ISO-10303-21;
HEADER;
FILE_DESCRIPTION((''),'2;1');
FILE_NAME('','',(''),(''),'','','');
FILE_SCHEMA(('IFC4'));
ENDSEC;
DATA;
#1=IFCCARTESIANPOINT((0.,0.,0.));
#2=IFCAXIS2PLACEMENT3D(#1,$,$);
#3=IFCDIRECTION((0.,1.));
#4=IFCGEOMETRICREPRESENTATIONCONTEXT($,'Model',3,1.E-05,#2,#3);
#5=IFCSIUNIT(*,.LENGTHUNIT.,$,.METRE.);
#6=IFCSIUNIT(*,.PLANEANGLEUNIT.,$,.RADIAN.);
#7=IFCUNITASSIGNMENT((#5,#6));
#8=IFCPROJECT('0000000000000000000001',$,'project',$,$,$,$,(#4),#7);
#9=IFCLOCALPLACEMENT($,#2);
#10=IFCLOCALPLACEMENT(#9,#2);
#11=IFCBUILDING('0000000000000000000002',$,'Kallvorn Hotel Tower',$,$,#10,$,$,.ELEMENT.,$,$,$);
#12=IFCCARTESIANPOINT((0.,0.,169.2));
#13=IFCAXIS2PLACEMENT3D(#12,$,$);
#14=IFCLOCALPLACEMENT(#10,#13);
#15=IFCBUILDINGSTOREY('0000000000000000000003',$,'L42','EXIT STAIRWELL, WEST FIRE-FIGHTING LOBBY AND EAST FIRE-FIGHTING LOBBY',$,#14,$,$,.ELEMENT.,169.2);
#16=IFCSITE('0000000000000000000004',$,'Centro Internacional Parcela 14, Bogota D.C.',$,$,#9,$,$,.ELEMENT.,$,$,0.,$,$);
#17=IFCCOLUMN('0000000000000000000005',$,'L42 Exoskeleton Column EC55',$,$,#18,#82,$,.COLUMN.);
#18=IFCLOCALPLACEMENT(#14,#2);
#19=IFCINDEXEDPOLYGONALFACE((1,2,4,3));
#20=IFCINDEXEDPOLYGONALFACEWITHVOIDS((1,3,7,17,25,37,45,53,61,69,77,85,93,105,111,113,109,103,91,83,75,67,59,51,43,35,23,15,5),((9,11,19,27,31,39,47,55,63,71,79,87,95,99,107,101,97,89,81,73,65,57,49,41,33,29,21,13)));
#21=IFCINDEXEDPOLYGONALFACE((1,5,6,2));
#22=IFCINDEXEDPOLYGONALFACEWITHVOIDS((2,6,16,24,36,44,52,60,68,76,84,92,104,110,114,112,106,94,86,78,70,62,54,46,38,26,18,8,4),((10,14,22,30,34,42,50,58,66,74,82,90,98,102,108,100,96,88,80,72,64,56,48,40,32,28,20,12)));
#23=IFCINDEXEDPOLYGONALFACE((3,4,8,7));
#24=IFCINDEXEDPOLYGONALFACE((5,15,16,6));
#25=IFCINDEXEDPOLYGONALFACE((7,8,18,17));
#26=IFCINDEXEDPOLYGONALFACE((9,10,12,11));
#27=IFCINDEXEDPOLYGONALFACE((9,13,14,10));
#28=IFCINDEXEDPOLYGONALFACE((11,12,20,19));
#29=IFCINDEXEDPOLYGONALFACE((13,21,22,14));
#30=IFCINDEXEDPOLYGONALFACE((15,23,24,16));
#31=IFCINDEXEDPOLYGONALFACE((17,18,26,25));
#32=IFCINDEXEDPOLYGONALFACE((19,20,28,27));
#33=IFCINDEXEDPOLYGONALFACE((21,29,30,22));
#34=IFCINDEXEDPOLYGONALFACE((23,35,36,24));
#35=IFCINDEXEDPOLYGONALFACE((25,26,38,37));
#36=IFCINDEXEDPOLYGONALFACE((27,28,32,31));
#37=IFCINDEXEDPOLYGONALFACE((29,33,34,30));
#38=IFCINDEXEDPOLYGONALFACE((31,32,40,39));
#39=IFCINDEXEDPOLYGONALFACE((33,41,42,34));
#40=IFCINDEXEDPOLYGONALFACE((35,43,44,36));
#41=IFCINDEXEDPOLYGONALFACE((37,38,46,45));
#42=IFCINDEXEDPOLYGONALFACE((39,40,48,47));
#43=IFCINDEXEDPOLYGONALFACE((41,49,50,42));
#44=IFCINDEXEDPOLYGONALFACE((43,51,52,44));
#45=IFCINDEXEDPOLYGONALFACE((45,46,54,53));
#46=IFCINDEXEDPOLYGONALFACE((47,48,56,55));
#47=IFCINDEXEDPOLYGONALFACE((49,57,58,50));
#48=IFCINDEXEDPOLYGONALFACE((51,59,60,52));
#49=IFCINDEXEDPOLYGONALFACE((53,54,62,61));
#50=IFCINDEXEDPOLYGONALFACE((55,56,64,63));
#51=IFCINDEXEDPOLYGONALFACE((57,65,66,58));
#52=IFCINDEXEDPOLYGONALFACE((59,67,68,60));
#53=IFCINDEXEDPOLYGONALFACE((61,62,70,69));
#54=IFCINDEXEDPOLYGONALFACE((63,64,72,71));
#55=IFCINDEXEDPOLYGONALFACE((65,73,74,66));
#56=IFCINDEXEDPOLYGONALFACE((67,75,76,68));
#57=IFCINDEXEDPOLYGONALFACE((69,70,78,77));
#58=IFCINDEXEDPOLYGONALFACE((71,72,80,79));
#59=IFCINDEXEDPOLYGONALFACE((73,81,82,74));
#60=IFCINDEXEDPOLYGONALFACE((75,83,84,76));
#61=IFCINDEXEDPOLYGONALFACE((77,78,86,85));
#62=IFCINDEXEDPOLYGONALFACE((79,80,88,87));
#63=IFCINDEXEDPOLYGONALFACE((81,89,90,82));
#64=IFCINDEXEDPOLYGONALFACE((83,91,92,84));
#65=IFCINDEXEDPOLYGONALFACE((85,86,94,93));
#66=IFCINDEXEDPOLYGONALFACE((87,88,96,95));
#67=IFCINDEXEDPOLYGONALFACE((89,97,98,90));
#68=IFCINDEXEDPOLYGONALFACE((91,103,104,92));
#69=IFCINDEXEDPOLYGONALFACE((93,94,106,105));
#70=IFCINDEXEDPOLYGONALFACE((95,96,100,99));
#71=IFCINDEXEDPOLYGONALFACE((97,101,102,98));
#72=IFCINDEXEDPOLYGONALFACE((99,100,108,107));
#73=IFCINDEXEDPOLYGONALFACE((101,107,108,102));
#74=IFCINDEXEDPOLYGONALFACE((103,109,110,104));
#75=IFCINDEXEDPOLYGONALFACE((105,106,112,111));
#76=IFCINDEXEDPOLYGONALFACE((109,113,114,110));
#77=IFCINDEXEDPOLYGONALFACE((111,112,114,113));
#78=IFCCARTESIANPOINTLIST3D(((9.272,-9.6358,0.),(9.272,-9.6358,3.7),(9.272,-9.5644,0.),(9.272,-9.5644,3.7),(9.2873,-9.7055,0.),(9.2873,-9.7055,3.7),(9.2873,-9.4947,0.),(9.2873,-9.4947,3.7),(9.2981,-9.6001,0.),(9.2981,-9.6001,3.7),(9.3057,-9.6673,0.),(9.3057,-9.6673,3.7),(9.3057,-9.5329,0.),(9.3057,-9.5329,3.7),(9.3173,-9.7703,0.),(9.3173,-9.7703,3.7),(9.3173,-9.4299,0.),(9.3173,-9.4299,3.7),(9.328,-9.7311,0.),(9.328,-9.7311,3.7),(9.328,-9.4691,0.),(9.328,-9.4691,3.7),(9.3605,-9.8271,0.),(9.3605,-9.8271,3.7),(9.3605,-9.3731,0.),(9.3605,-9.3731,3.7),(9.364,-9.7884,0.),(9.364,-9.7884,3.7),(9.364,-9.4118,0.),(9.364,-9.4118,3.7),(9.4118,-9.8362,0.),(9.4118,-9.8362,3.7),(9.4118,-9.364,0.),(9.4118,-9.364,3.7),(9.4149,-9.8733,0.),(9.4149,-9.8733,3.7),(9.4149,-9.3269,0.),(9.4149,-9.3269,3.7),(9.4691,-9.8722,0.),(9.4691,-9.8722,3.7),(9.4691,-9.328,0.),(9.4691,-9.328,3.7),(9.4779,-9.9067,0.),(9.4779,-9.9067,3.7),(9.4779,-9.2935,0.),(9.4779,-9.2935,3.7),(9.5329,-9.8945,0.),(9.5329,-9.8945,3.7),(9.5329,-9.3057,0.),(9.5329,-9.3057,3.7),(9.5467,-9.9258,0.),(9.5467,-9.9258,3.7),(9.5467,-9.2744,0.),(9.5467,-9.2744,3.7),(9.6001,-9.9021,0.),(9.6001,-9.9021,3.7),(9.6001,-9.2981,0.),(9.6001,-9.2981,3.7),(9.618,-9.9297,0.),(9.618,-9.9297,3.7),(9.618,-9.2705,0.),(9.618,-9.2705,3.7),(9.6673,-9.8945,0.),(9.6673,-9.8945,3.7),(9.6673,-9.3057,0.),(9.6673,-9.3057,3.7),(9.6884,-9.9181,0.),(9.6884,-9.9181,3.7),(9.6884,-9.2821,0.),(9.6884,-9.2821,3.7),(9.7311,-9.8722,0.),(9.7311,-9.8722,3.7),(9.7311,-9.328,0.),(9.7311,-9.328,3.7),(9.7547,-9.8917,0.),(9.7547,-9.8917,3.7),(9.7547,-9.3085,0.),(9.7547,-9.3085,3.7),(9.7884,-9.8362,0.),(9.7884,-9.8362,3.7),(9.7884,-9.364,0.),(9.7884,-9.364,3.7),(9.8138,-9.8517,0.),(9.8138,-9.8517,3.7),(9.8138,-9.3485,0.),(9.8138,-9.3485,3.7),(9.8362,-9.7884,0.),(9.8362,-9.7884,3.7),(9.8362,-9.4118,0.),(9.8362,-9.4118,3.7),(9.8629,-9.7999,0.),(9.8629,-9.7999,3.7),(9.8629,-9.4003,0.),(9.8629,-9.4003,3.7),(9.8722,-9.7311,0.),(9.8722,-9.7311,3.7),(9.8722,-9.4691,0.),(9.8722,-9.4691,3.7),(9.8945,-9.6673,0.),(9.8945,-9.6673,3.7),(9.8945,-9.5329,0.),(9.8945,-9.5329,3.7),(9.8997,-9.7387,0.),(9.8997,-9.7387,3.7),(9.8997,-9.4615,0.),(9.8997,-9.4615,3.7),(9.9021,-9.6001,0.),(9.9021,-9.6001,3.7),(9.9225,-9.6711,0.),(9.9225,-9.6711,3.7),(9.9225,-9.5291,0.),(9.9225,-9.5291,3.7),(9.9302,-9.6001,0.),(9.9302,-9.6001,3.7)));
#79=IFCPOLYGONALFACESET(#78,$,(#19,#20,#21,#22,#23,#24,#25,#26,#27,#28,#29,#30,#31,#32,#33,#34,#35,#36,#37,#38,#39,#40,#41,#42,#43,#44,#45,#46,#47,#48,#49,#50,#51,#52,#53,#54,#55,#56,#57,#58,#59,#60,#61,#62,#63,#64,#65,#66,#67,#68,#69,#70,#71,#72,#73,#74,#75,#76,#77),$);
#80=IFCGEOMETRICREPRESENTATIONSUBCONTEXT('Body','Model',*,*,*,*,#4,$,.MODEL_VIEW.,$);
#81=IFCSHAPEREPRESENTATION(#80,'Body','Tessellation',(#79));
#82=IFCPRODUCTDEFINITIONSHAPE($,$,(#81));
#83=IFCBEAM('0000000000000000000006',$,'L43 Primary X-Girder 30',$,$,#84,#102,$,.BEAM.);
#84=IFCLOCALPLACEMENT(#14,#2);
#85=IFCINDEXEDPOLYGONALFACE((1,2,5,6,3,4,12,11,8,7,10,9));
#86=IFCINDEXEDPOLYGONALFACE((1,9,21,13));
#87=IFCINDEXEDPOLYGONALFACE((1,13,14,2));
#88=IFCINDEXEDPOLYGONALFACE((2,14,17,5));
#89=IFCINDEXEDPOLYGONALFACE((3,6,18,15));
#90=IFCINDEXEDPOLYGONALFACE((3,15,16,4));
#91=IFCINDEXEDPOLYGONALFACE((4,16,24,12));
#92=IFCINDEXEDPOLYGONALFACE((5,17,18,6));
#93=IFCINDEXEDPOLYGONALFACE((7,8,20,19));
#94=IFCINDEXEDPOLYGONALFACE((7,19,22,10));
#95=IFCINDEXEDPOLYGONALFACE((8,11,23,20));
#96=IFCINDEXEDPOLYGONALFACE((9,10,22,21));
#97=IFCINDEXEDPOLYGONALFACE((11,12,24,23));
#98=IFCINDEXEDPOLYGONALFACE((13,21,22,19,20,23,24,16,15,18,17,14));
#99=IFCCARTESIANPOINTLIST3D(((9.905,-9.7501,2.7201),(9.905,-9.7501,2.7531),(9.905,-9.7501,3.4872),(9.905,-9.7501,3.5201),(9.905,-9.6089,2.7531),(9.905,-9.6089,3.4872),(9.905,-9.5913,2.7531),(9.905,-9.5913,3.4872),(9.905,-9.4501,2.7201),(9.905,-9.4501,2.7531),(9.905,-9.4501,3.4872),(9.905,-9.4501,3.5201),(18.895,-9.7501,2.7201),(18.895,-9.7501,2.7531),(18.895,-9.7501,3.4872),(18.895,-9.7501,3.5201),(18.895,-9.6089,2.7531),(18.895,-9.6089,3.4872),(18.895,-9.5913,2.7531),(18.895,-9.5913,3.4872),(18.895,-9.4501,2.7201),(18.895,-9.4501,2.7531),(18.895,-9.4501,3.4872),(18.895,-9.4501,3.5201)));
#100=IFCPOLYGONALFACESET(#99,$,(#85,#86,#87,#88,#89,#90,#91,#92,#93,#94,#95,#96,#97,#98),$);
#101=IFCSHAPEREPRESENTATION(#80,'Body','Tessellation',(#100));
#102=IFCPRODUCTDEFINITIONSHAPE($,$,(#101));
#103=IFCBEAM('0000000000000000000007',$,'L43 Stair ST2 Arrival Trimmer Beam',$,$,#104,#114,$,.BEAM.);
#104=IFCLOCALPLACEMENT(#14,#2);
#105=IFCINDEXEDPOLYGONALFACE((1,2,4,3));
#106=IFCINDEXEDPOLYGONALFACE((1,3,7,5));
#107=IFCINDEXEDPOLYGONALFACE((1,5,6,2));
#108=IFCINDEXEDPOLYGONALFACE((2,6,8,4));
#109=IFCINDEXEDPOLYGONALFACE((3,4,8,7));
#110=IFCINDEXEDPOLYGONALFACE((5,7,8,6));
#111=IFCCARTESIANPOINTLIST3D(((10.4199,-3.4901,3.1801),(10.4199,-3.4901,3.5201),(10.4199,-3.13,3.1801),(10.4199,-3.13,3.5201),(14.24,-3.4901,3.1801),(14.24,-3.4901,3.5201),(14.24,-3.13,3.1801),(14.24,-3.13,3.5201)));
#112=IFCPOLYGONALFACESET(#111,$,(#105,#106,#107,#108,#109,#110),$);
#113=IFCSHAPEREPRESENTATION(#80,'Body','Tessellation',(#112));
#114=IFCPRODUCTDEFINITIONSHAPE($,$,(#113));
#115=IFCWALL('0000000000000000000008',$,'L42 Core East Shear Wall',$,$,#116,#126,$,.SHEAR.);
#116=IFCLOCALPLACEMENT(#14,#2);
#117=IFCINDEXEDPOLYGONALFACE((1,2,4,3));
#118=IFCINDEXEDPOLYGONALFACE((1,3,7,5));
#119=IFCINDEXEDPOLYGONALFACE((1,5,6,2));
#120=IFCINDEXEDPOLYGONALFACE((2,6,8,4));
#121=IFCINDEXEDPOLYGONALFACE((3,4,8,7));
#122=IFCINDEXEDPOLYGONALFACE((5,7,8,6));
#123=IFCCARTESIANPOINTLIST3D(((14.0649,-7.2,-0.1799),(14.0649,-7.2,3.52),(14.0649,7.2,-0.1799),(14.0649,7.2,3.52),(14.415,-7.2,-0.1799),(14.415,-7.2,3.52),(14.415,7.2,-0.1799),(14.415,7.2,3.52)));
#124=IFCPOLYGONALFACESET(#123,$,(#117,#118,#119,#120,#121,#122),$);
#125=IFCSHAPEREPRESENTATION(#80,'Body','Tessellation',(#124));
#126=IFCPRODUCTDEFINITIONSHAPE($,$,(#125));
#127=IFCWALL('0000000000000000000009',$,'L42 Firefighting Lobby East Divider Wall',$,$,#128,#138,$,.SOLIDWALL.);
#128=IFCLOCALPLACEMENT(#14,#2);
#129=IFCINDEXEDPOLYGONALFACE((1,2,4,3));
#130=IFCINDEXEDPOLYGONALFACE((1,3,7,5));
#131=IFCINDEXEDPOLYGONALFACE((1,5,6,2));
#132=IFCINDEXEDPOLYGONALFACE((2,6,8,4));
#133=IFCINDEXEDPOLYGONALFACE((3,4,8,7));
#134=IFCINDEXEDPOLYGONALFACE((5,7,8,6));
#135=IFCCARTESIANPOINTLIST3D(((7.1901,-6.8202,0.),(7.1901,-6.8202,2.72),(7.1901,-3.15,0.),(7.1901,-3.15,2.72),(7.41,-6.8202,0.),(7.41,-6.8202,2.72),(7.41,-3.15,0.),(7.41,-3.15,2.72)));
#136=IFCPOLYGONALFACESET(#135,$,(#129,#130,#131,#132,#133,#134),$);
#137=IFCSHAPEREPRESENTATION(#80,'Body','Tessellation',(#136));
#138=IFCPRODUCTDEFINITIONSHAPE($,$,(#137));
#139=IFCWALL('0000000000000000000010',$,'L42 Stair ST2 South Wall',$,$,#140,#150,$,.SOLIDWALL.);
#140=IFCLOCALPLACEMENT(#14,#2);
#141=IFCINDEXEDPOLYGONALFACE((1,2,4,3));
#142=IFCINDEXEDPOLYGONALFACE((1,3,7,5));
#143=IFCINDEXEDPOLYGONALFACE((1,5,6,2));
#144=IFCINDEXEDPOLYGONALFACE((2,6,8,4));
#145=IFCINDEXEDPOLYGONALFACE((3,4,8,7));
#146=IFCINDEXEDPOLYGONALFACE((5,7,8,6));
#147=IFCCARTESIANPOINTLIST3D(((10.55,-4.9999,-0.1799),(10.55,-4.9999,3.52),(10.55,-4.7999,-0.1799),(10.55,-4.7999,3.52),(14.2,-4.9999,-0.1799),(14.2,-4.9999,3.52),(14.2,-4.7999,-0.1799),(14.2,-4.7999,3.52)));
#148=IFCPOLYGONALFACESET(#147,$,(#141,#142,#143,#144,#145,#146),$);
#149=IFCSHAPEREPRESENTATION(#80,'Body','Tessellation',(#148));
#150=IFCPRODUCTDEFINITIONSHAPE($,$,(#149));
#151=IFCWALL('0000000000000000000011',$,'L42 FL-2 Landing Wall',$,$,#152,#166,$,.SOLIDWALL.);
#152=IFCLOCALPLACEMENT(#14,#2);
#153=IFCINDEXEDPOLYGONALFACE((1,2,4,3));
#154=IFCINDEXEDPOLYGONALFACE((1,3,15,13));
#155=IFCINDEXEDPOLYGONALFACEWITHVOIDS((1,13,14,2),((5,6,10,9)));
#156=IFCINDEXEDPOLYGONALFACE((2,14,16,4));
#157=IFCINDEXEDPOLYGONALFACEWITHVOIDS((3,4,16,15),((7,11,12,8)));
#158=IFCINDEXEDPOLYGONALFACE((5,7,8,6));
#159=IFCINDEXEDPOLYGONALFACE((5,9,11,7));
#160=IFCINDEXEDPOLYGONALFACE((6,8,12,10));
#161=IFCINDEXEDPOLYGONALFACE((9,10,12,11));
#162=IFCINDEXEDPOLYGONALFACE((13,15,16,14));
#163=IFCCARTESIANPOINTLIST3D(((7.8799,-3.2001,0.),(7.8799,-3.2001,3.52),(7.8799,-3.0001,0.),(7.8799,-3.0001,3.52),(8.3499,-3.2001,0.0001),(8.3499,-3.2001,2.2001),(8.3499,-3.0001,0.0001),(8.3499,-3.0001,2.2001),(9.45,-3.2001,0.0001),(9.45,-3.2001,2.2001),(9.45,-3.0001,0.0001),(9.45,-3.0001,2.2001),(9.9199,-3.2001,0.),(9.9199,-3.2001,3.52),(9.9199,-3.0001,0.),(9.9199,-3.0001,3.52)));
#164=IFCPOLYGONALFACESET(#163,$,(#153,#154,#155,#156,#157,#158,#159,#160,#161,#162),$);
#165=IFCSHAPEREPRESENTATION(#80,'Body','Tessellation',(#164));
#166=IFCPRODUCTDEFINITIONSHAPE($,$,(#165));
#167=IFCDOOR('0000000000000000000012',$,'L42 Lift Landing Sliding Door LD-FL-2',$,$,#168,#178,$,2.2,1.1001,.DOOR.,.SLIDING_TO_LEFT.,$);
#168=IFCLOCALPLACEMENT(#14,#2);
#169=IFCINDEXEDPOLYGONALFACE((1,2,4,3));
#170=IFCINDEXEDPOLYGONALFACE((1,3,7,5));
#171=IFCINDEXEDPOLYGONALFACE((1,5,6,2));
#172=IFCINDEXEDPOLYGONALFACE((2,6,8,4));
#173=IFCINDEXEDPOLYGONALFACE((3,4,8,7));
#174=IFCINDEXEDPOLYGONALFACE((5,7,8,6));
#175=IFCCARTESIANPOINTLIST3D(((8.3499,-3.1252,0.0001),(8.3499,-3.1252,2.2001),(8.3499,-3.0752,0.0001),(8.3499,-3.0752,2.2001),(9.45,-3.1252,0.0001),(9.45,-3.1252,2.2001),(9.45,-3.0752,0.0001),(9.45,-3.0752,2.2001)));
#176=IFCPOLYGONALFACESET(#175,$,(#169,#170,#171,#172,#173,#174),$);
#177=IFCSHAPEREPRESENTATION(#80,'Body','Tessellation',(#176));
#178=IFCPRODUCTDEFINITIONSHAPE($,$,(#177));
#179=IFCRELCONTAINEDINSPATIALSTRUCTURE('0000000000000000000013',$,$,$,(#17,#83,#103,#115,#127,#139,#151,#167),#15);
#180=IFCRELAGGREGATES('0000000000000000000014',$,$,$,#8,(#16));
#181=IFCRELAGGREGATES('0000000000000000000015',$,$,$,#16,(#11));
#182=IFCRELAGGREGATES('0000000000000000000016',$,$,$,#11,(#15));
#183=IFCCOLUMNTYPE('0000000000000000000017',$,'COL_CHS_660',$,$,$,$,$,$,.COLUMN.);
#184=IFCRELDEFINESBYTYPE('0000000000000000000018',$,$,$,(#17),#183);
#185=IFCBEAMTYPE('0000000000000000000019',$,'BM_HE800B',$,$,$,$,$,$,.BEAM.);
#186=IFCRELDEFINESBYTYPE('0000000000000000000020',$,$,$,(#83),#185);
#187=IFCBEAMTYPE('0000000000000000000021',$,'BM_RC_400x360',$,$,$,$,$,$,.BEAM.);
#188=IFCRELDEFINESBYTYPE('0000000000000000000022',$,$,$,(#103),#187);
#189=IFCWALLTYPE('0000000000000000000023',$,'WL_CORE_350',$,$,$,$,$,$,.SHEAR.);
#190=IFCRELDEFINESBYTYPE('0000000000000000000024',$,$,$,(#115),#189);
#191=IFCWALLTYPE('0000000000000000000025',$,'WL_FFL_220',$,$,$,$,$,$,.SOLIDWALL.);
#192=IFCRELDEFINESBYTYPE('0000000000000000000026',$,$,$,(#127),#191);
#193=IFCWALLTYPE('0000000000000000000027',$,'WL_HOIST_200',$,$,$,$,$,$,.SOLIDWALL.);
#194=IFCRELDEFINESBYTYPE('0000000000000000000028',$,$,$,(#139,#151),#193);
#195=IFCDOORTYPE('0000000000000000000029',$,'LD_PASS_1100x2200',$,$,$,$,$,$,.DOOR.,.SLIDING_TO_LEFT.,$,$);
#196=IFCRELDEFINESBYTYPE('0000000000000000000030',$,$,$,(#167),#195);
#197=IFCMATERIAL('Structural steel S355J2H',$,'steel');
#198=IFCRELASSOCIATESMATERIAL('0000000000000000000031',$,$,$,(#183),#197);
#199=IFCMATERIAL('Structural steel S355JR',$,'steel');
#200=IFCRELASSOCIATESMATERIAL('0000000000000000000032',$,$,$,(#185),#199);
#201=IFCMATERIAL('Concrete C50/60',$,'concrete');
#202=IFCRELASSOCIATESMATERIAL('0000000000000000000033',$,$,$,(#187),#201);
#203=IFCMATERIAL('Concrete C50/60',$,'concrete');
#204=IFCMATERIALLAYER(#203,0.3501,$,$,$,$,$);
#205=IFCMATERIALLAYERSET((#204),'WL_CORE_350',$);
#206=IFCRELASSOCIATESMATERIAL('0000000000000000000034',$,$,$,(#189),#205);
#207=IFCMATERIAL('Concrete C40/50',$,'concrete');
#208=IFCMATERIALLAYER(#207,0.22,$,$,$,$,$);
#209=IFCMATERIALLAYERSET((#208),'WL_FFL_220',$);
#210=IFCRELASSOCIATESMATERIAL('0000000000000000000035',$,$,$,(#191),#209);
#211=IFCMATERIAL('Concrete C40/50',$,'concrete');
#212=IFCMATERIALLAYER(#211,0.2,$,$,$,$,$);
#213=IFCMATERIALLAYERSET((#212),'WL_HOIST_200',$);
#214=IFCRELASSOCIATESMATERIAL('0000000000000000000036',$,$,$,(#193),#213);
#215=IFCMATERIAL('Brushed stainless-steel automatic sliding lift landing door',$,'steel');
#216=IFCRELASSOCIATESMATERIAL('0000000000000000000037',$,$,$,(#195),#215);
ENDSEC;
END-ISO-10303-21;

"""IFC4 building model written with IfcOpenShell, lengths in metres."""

from ifc_helpers import new_model, si_unit, direction, frame, frame_2d, origin, origin_2d, place, context, subcontext, project, spatial, rectangle, hollow_circle, i_section, extrude, material, layer, layer_set, material_profile, profile_set, type_object, element, fill, save


model = new_model("IFC4")

# Units and contexts
model_context = context("Model", 3, precision=1e-05, world=origin(), true_north=direction((0.0, 1.0)))
body_context = subcontext(model_context, "Body", "Model", "MODEL_VIEW")
ifc_project = project(units=[si_unit("LENGTHUNIT", "METRE"), si_unit("PLANEANGLEUNIT", "RADIAN")], contexts=[model_context])

# Site, building, storey
site_placement = place(None, origin())
site = spatial("IfcSite", under=ifc_project, at=site_placement, Name="Centro Internacional Parcela 14, Bogota D.C.", CompositionType="ELEMENT", RefElevation=0.0)
building_placement = place(site_placement, origin())
building = spatial("IfcBuilding", under=site, at=building_placement, Name="Kallvorn Hotel Tower", CompositionType="ELEMENT")
storey_placement = place(building_placement, frame((0.0, 0.0, 169.2)))
storey = spatial("IfcBuildingStorey", under=building, at=storey_placement, Name="L42", Description="EXIT STAIRWELL, WEST FIRE-FIGHTING LOBBY AND EAST FIRE-FIGHTING LOBBY", CompositionType="ELEMENT", Elevation=169.2)

# Column
ifc_material_1 = material(Name="Structural steel S355J2H", Category="steel")
ifc_material_profile_1 = material_profile(ifc_material_1, hollow_circle(Radius=0.3301, WallThickness=0.0281, at=origin_2d()), Name="CHS 660x28")
ifc_profile_set_1 = profile_set([ifc_material_profile_1], Name="Structural steel S355J2H")
column_type = type_object("IfcColumnType", Name="COL_CHS_660", PredefinedType="COLUMN", material=ifc_profile_set_1)
column_placement = place(storey_placement, frame((9.6001, -9.6001, 0.0), z_axis=(0.0, 0.0, 1.0), x_axis=(1.0, 0.0, 0.0)))
element("IfcColumn", 1, at=column_placement, inside=storey, type_object=column_type, Name="L42 Exoskeleton Column EC55", PredefinedType="COLUMN", context=body_context, shape_type="SweptSolid", body=[
    extrude(hollow_circle(Radius=0.3301, WallThickness=0.0281, at=origin_2d()), origin(), (0.0, 0.0, 1.0), 3.7),
])

# Beams
ifc_material_2 = material(Name="Structural steel S355JR", Category="steel")
ifc_material_profile_2 = material_profile(ifc_material_2, i_section(OverallWidth=0.3, OverallDepth=0.8, WebThickness=0.0176, FlangeThickness=0.033, at=origin_2d()), Name="HE 800 B")
ifc_profile_set_2 = profile_set([ifc_material_profile_2], Name="Structural steel S355JR")
beam_type_1 = type_object("IfcBeamType", Name="BM_HE800B", PredefinedType="BEAM", material=ifc_profile_set_2)
beam_1_placement = place(storey_placement, frame((9.905, -9.6001, 3.1201), z_axis=(1.0, 0.0, 0.0), x_axis=(0.0, 1.0, 0.0)))
element("IfcBeam", 2, at=beam_1_placement, inside=storey, type_object=beam_type_1, Name="L43 Primary X-Girder 30", PredefinedType="BEAM", context=body_context, shape_type="SweptSolid", body=[
    extrude(i_section(OverallWidth=0.3, OverallDepth=0.8, WebThickness=0.0176, FlangeThickness=0.033, at=origin_2d()), origin(), (0.0, 0.0, 1.0), 8.99),
])
ifc_material_3 = material(Name="Concrete C50/60", Category="concrete")
ifc_material_profile_3 = material_profile(ifc_material_3, rectangle(XDim=0.3601, YDim=0.3401, at=origin_2d()), Name="RC 360x340")
ifc_profile_set_3 = profile_set([ifc_material_profile_3], Name="Concrete C50/60")
beam_type_2 = type_object("IfcBeamType", Name="BM_RC_400x360", PredefinedType="BEAM", material=ifc_profile_set_3)
beam_2_placement = place(storey_placement, frame((14.24, -3.3101, 3.3501), z_axis=(-1.0, 0.0, 0.0), x_axis=(0.0, -1.0, 0.0)))
element("IfcBeam", 3, at=beam_2_placement, inside=storey, type_object=beam_type_2, Name="L43 Stair ST2 Arrival Trimmer Beam", PredefinedType="BEAM", context=body_context, shape_type="SweptSolid", body=[
    extrude(rectangle(XDim=0.3601, YDim=0.3401, at=origin_2d()), origin(), (0.0, 0.0, 1.0), 3.8201),
])

# Walls
ifc_material_4 = material(Name="Concrete C50/60", Category="concrete")
ifc_layer_1 = layer(ifc_material_4, 0.3501)
ifc_layer_set_1 = layer_set([ifc_layer_1], Name="WL_CORE_350")
wall_type_1 = type_object("IfcWallType", Name="WL_CORE_350", PredefinedType="SHEAR", material=ifc_layer_set_1)
wall_1_placement = place(storey_placement, frame((14.24, -7.2, -0.1799), z_axis=(0.0, 0.0, 1.0), x_axis=(0.0, 1.0, 0.0)))
element("IfcWall", 4, at=wall_1_placement, inside=storey, type_object=wall_type_1, Name="L42 Core East Shear Wall", PredefinedType="SHEAR", context=body_context, shape_type="SweptSolid", body=[
    extrude(rectangle(XDim=14.3999, YDim=0.3501, at=frame_2d((7.2, 0.0))), origin(), (0.0, 0.0, 1.0), 3.7),
])
ifc_material_5 = material(Name="Concrete C40/50", Category="concrete")
ifc_layer_2 = layer(ifc_material_5, 0.22)
ifc_layer_set_2 = layer_set([ifc_layer_2], Name="WL_FFL_220")
wall_type_2 = type_object("IfcWallType", Name="WL_FFL_220", PredefinedType="SOLIDWALL", material=ifc_layer_set_2)
wall_2_placement = place(storey_placement, frame((7.3, -6.8201, 0.0), z_axis=(0.0, 0.0, 1.0), x_axis=(0.0, 1.0, 0.0)))
element("IfcWall", 5, at=wall_2_placement, inside=storey, type_object=wall_type_2, Name="L42 Firefighting Lobby East Divider Wall", PredefinedType="SOLIDWALL", context=body_context, shape_type="SweptSolid", body=[
    extrude(rectangle(XDim=3.6702, YDim=0.22, at=frame_2d((1.835, 0.0))), origin(), (0.0, 0.0, 1.0), 2.72),
])
ifc_material_6 = material(Name="Concrete C40/50", Category="concrete")
ifc_layer_3 = layer(ifc_material_6, 0.2)
ifc_layer_set_3 = layer_set([ifc_layer_3], Name="WL_HOIST_200")
wall_type_3 = type_object("IfcWallType", Name="WL_HOIST_200", PredefinedType="SOLIDWALL", material=ifc_layer_set_3)
wall_3_placement = place(storey_placement, frame((10.55, -4.8999, -0.1799), z_axis=(0.0, 0.0, 1.0), x_axis=(1.0, 0.0, 0.0)))
element("IfcWall", 6, at=wall_3_placement, inside=storey, type_object=wall_type_3, Name="L42 Stair ST2 South Wall", PredefinedType="SOLIDWALL", context=body_context, shape_type="SweptSolid", body=[
    extrude(rectangle(XDim=3.6499, YDim=0.2, at=frame_2d((1.825, 0.0))), origin(), (0.0, 0.0, 1.0), 3.7),
])

# Wall, opening, door
wall_4_placement = place(storey_placement, frame((7.8799, -3.1001, 0.0), z_axis=(0.0, 0.0, 1.0), x_axis=(1.0, 0.0, 0.0)))
wall_4 = element("IfcWall", 7, at=wall_4_placement, inside=storey, type_object=wall_type_3, Name="L42 FL-2 Landing Wall", PredefinedType="SOLIDWALL", context=body_context, shape_type="SweptSolid", body=[
    extrude(rectangle(XDim=2.04, YDim=0.2, at=frame_2d((1.02, 0.0))), origin(), (0.0, 0.0, 1.0), 3.52),
])
opening_1_placement = place(wall_4_placement, frame((0.47, 0.0, 0.0)))
opening_1 = element("IfcOpeningElement", 8, at=opening_1_placement, cuts=wall_4, PredefinedType="OPENING", context=body_context, shape_type="SweptSolid", body=[
    extrude(rectangle(XDim=1.1001, YDim=2.2, at=frame_2d((0.55, 1.1001))), frame((0.0, 0.115, 0.0), z_axis=(0.0, -1.0, 0.0), x_axis=(1.0, 0.0, 0.0)), (0.0, 0.0, 1.0), 0.23),
])
ifc_material_7 = material(Name="Brushed stainless-steel automatic sliding lift landing door", Category="steel")
door_type_1 = type_object("IfcDoorType", Name="LD_PASS_1100x2200", OperationType="SLIDING_TO_LEFT", PredefinedType="DOOR", material=ifc_material_7)
door_1_placement = place(opening_1_placement, origin())
door_1 = element("IfcDoor", 9, at=door_1_placement, inside=storey, type_object=door_type_1, Name="L42 Lift Landing Sliding Door LD-FL-2", OperationType="SLIDING_TO_LEFT", OverallHeight=2.2, OverallWidth=1.1001, PredefinedType="DOOR", context=body_context, shape_type="SweptSolid", body=[
    extrude(rectangle(XDim=1.1001, YDim=2.2, at=frame_2d((0.55, 1.1001))), frame((0.0, 0.0249, 0.0), z_axis=(0.0, -1.0, 0.0), x_axis=(1.0, 0.0, 0.0)), (0.0, 0.0, 1.0), 0.05),
])
fill(opening_1, door_1)

save(model, "model.ifc")
